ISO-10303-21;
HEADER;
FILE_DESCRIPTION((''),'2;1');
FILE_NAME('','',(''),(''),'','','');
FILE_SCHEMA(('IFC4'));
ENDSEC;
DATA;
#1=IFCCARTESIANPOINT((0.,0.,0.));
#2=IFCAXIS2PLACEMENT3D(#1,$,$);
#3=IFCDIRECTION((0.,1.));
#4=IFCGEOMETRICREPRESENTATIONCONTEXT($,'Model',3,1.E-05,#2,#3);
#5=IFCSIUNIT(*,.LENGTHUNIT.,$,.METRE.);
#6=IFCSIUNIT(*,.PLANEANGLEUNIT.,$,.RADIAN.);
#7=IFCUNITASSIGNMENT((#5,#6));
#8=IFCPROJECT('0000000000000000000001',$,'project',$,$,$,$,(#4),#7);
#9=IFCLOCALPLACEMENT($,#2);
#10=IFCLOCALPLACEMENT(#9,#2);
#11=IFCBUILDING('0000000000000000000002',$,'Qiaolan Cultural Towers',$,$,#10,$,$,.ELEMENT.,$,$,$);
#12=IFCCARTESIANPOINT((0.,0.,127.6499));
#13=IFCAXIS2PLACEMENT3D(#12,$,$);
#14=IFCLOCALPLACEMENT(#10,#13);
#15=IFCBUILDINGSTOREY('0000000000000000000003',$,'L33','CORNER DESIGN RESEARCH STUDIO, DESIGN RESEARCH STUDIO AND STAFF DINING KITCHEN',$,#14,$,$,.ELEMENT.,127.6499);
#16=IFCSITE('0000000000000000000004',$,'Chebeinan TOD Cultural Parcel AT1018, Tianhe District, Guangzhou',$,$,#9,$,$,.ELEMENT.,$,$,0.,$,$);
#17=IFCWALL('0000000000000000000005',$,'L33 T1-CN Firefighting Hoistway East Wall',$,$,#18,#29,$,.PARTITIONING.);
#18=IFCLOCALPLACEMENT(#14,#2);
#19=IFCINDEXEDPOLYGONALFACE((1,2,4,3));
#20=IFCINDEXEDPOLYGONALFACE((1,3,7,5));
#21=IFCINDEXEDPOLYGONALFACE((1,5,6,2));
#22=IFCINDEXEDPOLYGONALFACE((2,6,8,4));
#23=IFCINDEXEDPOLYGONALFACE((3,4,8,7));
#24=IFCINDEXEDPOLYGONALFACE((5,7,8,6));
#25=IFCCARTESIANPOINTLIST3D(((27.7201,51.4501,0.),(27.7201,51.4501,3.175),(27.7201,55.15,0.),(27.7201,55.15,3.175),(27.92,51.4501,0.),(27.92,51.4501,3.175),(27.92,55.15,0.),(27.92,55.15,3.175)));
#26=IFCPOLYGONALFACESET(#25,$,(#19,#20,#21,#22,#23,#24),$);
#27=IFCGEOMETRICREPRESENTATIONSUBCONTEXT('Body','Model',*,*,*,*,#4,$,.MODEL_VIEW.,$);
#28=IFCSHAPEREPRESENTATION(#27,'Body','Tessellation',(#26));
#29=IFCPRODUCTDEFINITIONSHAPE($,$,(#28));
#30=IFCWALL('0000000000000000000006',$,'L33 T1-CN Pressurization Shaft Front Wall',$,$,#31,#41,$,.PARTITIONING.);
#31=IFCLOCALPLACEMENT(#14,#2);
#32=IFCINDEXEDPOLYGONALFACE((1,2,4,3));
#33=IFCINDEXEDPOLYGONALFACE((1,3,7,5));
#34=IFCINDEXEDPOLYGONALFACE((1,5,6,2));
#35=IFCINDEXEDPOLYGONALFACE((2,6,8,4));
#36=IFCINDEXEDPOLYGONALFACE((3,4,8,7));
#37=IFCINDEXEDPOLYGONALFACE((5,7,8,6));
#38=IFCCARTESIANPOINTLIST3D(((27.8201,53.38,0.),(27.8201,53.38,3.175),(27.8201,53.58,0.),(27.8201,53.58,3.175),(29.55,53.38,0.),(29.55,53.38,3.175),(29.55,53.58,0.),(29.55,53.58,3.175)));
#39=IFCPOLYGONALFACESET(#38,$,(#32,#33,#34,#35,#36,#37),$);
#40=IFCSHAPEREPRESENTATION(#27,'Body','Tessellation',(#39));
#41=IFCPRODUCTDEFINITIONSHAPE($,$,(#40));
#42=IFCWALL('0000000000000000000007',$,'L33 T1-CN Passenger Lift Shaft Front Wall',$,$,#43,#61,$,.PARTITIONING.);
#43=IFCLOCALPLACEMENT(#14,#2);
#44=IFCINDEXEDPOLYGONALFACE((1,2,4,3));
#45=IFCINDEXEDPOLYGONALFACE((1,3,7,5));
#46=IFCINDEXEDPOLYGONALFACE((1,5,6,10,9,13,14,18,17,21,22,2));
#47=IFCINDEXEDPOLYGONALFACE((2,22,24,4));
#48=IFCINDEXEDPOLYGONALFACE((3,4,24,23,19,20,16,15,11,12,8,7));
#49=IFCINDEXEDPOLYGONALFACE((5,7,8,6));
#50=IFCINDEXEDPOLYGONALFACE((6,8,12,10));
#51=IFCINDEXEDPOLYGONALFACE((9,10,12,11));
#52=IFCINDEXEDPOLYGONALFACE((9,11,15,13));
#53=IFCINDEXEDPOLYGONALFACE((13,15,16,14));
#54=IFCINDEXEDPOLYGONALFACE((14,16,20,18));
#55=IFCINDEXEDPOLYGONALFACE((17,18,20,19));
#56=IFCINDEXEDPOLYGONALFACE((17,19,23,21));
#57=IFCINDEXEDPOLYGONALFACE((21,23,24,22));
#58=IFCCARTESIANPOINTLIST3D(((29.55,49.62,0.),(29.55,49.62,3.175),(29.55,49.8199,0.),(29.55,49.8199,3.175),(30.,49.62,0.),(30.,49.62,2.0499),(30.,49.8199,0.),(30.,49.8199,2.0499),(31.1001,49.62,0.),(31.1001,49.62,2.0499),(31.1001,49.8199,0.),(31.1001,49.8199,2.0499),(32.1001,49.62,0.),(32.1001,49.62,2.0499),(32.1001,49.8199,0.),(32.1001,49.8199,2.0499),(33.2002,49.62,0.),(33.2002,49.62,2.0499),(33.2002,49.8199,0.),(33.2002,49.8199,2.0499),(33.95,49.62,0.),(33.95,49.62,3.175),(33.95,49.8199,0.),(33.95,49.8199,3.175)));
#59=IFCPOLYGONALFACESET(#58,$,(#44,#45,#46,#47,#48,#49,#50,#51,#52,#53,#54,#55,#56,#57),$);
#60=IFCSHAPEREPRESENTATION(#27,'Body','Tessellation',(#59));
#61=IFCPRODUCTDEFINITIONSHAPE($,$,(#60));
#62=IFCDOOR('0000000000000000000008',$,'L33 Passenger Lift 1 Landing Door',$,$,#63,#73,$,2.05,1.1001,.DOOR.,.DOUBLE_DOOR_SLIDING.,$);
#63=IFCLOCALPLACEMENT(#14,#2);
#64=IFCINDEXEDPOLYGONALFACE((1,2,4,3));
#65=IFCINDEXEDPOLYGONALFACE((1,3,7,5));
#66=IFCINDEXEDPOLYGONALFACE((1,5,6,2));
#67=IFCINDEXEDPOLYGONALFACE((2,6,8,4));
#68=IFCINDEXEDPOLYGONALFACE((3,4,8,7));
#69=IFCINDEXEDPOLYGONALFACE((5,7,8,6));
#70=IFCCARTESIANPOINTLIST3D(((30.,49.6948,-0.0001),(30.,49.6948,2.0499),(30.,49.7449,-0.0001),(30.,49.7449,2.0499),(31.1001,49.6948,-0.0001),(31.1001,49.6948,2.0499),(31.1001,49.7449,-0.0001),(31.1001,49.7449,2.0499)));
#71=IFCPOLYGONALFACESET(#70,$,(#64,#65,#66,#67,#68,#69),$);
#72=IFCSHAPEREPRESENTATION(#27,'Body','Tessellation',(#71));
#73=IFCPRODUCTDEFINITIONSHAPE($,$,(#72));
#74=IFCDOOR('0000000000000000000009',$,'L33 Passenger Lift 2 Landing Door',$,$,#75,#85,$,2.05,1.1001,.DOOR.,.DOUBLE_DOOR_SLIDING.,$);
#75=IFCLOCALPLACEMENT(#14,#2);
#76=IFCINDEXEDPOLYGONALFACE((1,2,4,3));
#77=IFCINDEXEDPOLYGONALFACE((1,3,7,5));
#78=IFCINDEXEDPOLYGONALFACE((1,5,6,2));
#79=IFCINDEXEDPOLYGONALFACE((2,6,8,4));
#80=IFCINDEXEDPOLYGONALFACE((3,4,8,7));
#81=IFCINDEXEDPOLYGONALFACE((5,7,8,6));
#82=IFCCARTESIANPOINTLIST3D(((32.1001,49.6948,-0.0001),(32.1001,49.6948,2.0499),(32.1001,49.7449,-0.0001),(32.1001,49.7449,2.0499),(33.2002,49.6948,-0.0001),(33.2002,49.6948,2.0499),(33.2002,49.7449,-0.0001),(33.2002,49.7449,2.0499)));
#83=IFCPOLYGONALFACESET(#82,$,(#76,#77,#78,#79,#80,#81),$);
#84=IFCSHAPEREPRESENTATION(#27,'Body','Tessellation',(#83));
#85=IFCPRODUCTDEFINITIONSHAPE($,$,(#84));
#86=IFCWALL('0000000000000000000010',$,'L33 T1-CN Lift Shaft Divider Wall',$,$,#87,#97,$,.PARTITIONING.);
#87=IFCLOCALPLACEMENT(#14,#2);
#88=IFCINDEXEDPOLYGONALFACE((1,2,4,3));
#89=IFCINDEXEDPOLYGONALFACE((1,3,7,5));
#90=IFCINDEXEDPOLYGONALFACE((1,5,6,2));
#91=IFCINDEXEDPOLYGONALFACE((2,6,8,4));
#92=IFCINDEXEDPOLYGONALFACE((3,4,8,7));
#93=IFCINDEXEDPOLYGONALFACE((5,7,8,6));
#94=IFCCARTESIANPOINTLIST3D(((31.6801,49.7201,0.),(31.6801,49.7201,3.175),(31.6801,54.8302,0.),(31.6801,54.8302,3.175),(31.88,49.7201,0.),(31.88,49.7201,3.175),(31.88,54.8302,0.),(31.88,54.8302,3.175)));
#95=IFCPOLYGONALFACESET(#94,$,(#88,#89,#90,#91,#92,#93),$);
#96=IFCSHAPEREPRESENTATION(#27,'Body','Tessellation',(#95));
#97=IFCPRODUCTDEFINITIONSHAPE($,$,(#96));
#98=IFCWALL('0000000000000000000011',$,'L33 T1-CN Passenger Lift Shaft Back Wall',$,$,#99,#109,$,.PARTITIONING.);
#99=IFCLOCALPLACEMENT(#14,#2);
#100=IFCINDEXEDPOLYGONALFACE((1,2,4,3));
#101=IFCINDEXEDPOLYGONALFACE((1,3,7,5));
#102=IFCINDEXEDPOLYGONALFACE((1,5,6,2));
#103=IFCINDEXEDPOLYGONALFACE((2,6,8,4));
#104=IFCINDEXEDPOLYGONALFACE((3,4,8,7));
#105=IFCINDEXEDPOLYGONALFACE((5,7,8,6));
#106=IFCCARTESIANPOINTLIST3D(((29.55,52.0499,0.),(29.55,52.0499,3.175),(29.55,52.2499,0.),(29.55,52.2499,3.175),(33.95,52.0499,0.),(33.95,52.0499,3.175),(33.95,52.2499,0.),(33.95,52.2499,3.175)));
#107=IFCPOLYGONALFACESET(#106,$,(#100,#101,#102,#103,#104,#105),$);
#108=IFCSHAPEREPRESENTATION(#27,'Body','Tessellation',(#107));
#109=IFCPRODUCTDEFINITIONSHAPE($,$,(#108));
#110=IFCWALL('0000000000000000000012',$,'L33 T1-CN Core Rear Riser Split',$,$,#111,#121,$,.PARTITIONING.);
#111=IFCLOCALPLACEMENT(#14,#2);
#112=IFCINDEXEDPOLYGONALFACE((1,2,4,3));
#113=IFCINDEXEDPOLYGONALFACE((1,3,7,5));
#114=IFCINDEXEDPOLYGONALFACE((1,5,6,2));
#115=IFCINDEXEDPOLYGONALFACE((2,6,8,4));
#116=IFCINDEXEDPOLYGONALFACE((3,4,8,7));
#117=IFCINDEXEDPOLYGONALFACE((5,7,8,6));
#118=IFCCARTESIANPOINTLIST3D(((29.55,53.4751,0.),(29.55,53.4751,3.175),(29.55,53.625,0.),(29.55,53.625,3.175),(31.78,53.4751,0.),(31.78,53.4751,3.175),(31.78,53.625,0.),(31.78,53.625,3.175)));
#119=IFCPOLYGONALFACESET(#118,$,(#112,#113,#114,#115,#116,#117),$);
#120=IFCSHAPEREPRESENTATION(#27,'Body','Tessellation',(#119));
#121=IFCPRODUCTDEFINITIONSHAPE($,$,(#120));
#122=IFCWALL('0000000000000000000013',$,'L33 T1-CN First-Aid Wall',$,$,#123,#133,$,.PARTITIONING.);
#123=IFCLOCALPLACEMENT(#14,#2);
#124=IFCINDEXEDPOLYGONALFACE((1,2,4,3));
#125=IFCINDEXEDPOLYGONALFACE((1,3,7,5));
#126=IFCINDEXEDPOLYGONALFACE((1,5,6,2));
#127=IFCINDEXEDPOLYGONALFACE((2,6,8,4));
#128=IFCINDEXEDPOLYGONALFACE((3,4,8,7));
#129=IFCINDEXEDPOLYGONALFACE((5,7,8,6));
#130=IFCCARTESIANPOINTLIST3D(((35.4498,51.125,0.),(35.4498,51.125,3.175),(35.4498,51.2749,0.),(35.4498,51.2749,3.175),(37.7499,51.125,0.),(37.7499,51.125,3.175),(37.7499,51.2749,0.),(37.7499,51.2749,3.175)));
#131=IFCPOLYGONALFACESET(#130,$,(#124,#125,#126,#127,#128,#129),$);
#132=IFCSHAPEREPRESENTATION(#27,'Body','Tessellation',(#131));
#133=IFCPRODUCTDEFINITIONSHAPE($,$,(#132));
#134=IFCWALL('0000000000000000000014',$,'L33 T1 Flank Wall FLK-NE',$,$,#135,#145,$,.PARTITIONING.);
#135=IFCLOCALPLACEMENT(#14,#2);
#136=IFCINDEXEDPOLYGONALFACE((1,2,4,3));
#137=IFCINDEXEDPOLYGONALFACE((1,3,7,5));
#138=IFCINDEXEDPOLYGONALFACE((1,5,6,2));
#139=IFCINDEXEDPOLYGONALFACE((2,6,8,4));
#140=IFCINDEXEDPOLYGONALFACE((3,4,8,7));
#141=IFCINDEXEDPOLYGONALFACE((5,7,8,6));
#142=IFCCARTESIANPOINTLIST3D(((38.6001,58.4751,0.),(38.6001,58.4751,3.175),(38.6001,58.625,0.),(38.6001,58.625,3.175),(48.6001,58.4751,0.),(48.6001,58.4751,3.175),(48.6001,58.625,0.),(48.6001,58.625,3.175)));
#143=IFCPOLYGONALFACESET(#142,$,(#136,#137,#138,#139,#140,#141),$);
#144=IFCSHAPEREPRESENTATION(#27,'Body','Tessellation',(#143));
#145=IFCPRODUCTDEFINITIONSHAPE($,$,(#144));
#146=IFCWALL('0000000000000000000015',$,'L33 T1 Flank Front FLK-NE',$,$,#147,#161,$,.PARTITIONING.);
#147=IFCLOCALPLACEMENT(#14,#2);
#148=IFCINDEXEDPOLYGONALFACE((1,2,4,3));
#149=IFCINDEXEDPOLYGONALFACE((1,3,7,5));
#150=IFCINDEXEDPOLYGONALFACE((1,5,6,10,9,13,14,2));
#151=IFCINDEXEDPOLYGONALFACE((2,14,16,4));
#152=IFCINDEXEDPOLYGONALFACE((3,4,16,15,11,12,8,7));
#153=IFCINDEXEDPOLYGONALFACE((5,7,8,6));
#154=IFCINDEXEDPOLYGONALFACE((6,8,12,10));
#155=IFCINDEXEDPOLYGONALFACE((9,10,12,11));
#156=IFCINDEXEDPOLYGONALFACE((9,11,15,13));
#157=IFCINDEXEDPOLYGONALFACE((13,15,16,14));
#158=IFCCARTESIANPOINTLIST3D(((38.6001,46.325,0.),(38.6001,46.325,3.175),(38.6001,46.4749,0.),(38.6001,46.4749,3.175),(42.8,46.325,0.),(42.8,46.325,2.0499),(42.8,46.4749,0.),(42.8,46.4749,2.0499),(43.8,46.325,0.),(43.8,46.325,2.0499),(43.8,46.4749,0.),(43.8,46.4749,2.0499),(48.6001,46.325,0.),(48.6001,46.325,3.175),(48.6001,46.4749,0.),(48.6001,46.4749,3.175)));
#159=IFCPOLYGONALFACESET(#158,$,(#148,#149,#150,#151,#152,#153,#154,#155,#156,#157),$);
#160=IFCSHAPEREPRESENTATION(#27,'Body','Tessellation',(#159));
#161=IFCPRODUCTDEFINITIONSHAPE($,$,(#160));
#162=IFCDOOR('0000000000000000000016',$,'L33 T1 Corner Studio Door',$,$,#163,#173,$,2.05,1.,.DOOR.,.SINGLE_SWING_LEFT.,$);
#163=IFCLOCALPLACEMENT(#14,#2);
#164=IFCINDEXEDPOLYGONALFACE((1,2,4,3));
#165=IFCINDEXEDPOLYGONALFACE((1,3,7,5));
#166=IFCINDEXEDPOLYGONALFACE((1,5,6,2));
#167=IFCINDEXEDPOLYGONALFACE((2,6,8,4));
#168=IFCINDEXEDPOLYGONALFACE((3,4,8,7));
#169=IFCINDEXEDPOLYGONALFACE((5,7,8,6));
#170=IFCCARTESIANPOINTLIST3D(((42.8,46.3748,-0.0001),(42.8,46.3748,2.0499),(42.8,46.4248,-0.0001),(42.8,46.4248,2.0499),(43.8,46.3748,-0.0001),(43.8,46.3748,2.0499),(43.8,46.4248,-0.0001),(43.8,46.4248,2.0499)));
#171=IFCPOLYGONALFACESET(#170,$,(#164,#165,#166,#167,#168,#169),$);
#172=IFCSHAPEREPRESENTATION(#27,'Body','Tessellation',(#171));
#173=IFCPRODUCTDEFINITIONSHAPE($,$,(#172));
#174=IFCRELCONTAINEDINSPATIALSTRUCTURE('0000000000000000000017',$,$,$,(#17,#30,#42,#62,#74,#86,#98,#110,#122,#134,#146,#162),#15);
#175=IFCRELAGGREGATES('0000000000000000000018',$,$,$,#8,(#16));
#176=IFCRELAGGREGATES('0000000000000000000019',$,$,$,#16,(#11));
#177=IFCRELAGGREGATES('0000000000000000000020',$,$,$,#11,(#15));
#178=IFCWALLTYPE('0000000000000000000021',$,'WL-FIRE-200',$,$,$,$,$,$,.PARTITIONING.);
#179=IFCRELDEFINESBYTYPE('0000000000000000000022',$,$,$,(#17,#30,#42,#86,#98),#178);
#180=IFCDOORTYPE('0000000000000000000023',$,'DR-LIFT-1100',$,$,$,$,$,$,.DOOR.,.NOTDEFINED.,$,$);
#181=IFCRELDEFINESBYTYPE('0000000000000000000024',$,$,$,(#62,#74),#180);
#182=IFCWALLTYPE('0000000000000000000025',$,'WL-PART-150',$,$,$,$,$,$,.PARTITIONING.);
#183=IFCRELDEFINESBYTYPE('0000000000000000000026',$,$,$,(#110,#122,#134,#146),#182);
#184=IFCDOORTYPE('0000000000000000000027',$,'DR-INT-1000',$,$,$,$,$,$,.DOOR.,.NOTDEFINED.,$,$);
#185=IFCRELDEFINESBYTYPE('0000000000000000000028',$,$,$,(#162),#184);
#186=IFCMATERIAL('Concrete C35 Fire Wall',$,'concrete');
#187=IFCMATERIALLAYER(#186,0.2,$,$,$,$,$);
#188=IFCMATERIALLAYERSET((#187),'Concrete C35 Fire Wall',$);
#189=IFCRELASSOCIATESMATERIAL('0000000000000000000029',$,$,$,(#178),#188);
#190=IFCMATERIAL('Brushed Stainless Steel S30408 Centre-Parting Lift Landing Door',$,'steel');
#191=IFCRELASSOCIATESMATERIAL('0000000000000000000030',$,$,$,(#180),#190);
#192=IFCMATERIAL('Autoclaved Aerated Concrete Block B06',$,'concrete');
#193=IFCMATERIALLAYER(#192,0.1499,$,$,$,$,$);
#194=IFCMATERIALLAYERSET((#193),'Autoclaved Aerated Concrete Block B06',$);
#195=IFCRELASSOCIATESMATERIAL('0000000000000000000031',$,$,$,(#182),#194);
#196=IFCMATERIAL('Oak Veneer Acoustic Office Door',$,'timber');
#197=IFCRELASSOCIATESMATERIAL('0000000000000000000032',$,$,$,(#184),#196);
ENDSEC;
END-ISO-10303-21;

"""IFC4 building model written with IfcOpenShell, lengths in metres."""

from ifc_helpers import new_model, si_unit, direction, frame, frame_2d, origin, place, context, subcontext, project, spatial, rectangle, extrude, material, layer, layer_set, type_object, element, fill, save


model = new_model("IFC4")

# Units and contexts
model_context = context("Model", 3, precision=1e-05, world=origin(), true_north=direction((0.0, 1.0)))
body_context = subcontext(model_context, "Body", "Model", "MODEL_VIEW")
ifc_project = project(units=[si_unit("LENGTHUNIT", "METRE"), si_unit("PLANEANGLEUNIT", "RADIAN")], contexts=[model_context])

# Site, building, storey
site_placement = place(None, origin())
site = spatial("IfcSite", under=ifc_project, at=site_placement, Name="Chebeinan TOD Cultural Parcel AT1018, Tianhe District, Guangzhou", CompositionType="ELEMENT", RefElevation=0.0)
building_placement = place(site_placement, origin())
building = spatial("IfcBuilding", under=site, at=building_placement, Name="Qiaolan Cultural Towers", CompositionType="ELEMENT")
storey_placement = place(building_placement, frame((0.0, 0.0, 127.6499)))
storey = spatial("IfcBuildingStorey", under=building, at=storey_placement, Name="L33", Description="CORNER DESIGN RESEARCH STUDIO, DESIGN RESEARCH STUDIO AND STAFF DINING KITCHEN", CompositionType="ELEMENT", Elevation=127.6499)

# Shared definitions
ifc_material_1 = material(Name="Concrete C35 Fire Wall", Category="concrete")
ifc_layer_1 = layer(ifc_material_1, 0.2)
ifc_layer_set_1 = layer_set([ifc_layer_1], Name="Concrete C35 Fire Wall")
wall_type_1 = type_object("IfcWallType", Name="WL-FIRE-200", PredefinedType="PARTITIONING", material=ifc_layer_set_1)
ifc_material_2 = material(Name="Brushed Stainless Steel S30408 Centre-Parting Lift Landing Door", Category="steel")
door_type_1 = type_object("IfcDoorType", Name="DR-LIFT-1100", OperationType="NOTDEFINED", PredefinedType="DOOR", material=ifc_material_2)

# Walls
wall_1_placement = place(storey_placement, frame((27.8201, 51.45, 0.0), z_axis=(0.0, 0.0, 1.0), x_axis=(0.0, 1.0, 0.0)))
element("IfcWall", 1, at=wall_1_placement, inside=storey, type_object=wall_type_1, Name="L33 T1-CN Firefighting Hoistway East Wall", PredefinedType="PARTITIONING", context=body_context, shape_type="SweptSolid", body=[
    extrude(rectangle(XDim=3.7, YDim=0.2, at=frame_2d((1.8501, 0.0))), origin(), (0.0, 0.0, 1.0), 3.175),
])
wall_2_placement = place(storey_placement, frame((27.8201, 53.48, 0.0), z_axis=(0.0, 0.0, 1.0), x_axis=(1.0, 0.0, 0.0)))
element("IfcWall", 2, at=wall_2_placement, inside=storey, type_object=wall_type_1, Name="L33 T1-CN Pressurization Shaft Front Wall", PredefinedType="PARTITIONING", context=body_context, shape_type="SweptSolid", body=[
    extrude(rectangle(XDim=1.73, YDim=0.2, at=frame_2d((0.865, 0.0))), origin(), (0.0, 0.0, 1.0), 3.175),
])

# Wall, openings, doors
wall_3_placement = place(storey_placement, frame((29.55, 49.72, 0.0), z_axis=(0.0, 0.0, 1.0), x_axis=(1.0, 0.0, 0.0)))
wall_3 = element("IfcWall", 3, at=wall_3_placement, inside=storey, type_object=wall_type_1, Name="L33 T1-CN Passenger Lift Shaft Front Wall", PredefinedType="PARTITIONING", context=body_context, shape_type="SweptSolid", body=[
    extrude(rectangle(XDim=4.3999, YDim=0.2, at=frame_2d((2.2, 0.0))), origin(), (0.0, 0.0, 1.0), 3.175),
])
opening_1_placement = place(wall_3_placement, frame((0.45, 0.0, 0.0)))
opening_1 = element("IfcOpeningElement", 4, at=opening_1_placement, cuts=wall_3, PredefinedType="OPENING", context=body_context, shape_type="SweptSolid", body=[
    extrude(rectangle(XDim=1.1001, YDim=2.05, at=frame_2d((0.55, 1.0249))), frame((0.0, 0.1099, 0.0), z_axis=(0.0, -1.0, 0.0), x_axis=(1.0, 0.0, 0.0)), (0.0, 0.0, 1.0), 0.22),
])
opening_2_placement = place(wall_3_placement, frame((2.55, 0.0, 0.0)))
opening_2 = element("IfcOpeningElement", 5, at=opening_2_placement, cuts=wall_3, PredefinedType="OPENING", context=body_context, shape_type="SweptSolid", body=[
    extrude(rectangle(XDim=1.1001, YDim=2.05, at=frame_2d((0.55, 1.0249))), frame((0.0, 0.1099, 0.0), z_axis=(0.0, -1.0, 0.0), x_axis=(1.0, 0.0, 0.0)), (0.0, 0.0, 1.0), 0.22),
])
door_1_placement = place(opening_1_placement, origin())
door_1 = element("IfcDoor", 6, at=door_1_placement, inside=storey, type_object=door_type_1, Name="L33 Passenger Lift 1 Landing Door", OperationType="DOUBLE_DOOR_SLIDING", OverallHeight=2.05, OverallWidth=1.1001, PredefinedType="DOOR", context=body_context, shape_type="SweptSolid", body=[
    extrude(rectangle(XDim=1.1001, YDim=2.05, at=frame_2d((0.55, 1.0249))), frame((0.0, 0.0249, 0.0), z_axis=(0.0, -1.0, 0.0), x_axis=(1.0, 0.0, 0.0)), (0.0, 0.0, 1.0), 0.05),
])
fill(opening_1, door_1)
door_2_placement = place(opening_2_placement, origin())
door_2 = element("IfcDoor", 7, at=door_2_placement, inside=storey, type_object=door_type_1, Name="L33 Passenger Lift 2 Landing Door", OperationType="DOUBLE_DOOR_SLIDING", OverallHeight=2.05, OverallWidth=1.1001, PredefinedType="DOOR", context=body_context, shape_type="SweptSolid", body=[
    extrude(rectangle(XDim=1.1001, YDim=2.05, at=frame_2d((0.55, 1.0249))), frame((0.0, 0.0249, 0.0), z_axis=(0.0, -1.0, 0.0), x_axis=(1.0, 0.0, 0.0)), (0.0, 0.0, 1.0), 0.05),
])
fill(opening_2, door_2)

# Walls
wall_4_placement = place(storey_placement, frame((31.78, 49.72, 0.0), z_axis=(0.0, 0.0, 1.0), x_axis=(0.0, 1.0, 0.0)))
element("IfcWall", 8, at=wall_4_placement, inside=storey, type_object=wall_type_1, Name="L33 T1-CN Lift Shaft Divider Wall", PredefinedType="PARTITIONING", context=body_context, shape_type="SweptSolid", body=[
    extrude(rectangle(XDim=5.1101, YDim=0.2, at=frame_2d((2.5552, 0.0))), origin(), (0.0, 0.0, 1.0), 3.175),
])
wall_5_placement = place(storey_placement, frame((29.55, 52.1499, 0.0), z_axis=(0.0, 0.0, 1.0), x_axis=(1.0, 0.0, 0.0)))
element("IfcWall", 9, at=wall_5_placement, inside=storey, type_object=wall_type_1, Name="L33 T1-CN Passenger Lift Shaft Back Wall", PredefinedType="PARTITIONING", context=body_context, shape_type="SweptSolid", body=[
    extrude(rectangle(XDim=4.3999, YDim=0.2, at=frame_2d((2.2, 0.0))), origin(), (0.0, 0.0, 1.0), 3.175),
])
ifc_material_3 = material(Name="Autoclaved Aerated Concrete Block B06", Category="concrete")
ifc_layer_2 = layer(ifc_material_3, 0.1499)
ifc_layer_set_2 = layer_set([ifc_layer_2], Name="Autoclaved Aerated Concrete Block B06")
wall_type_2 = type_object("IfcWallType", Name="WL-PART-150", PredefinedType="PARTITIONING", material=ifc_layer_set_2)
wall_6_placement = place(storey_placement, frame((29.55, 53.55, 0.0), z_axis=(0.0, 0.0, 1.0), x_axis=(1.0, 0.0, 0.0)))
element("IfcWall", 10, at=wall_6_placement, inside=storey, type_object=wall_type_2, Name="L33 T1-CN Core Rear Riser Split", PredefinedType="PARTITIONING", context=body_context, shape_type="SweptSolid", body=[
    extrude(rectangle(XDim=2.23, YDim=0.1499, at=frame_2d((1.115, 0.0))), origin(), (0.0, 0.0, 1.0), 3.175),
])
wall_7_placement = place(storey_placement, frame((35.45, 51.2, 0.0), z_axis=(0.0, 0.0, 1.0), x_axis=(1.0, 0.0, 0.0)))
element("IfcWall", 11, at=wall_7_placement, inside=storey, type_object=wall_type_2, Name="L33 T1-CN First-Aid Wall", PredefinedType="PARTITIONING", context=body_context, shape_type="SweptSolid", body=[
    extrude(rectangle(XDim=2.3, YDim=0.1499, at=frame_2d((1.1499, 0.0))), origin(), (0.0, 0.0, 1.0), 3.175),
])
wall_8_placement = place(storey_placement, frame((38.6001, 58.55, 0.0), z_axis=(0.0, 0.0, 1.0), x_axis=(1.0, 0.0, 0.0)))
element("IfcWall", 12, at=wall_8_placement, inside=storey, type_object=wall_type_2, Name="L33 T1 Flank Wall FLK-NE", PredefinedType="PARTITIONING", context=body_context, shape_type="SweptSolid", body=[
    extrude(rectangle(XDim=10.0, YDim=0.1499, at=frame_2d((5.0, 0.0))), origin(), (0.0, 0.0, 1.0), 3.175),
])

# Wall, opening, door
wall_9_placement = place(storey_placement, frame((38.6001, 46.3999, 0.0), z_axis=(0.0, 0.0, 1.0), x_axis=(1.0, 0.0, 0.0)))
wall_9 = element("IfcWall", 13, at=wall_9_placement, inside=storey, type_object=wall_type_2, Name="L33 T1 Flank Front FLK-NE", PredefinedType="PARTITIONING", context=body_context, shape_type="SweptSolid", body=[
    extrude(rectangle(XDim=10.0, YDim=0.1499, at=frame_2d((5.0, 0.0))), origin(), (0.0, 0.0, 1.0), 3.175),
])
opening_3_placement = place(wall_9_placement, frame((4.2, 0.0, 0.0)))
opening_3 = element("IfcOpeningElement", 14, at=opening_3_placement, cuts=wall_9, PredefinedType="OPENING", context=body_context, shape_type="SweptSolid", body=[
    extrude(rectangle(XDim=1.0, YDim=2.05, at=frame_2d((0.5, 1.0249))), frame((0.0, 0.085, 0.0), z_axis=(0.0, -1.0, 0.0), x_axis=(1.0, 0.0, 0.0)), (0.0, 0.0, 1.0), 0.1699),
])
ifc_material_4 = material(Name="Oak Veneer Acoustic Office Door", Category="timber")
door_type_2 = type_object("IfcDoorType", Name="DR-INT-1000", OperationType="NOTDEFINED", PredefinedType="DOOR", material=ifc_material_4)
door_3_placement = place(opening_3_placement, origin())
door_3 = element("IfcDoor", 15, at=door_3_placement, inside=storey, type_object=door_type_2, Name="L33 T1 Corner Studio Door", OperationType="SINGLE_SWING_LEFT", OverallHeight=2.05, OverallWidth=1.0, PredefinedType="DOOR", context=body_context, shape_type="SweptSolid", body=[
    extrude(rectangle(XDim=1.0, YDim=2.05, at=frame_2d((0.5, 1.0249))), frame((0.0, 0.0249, 0.0), z_axis=(0.0, -1.0, 0.0), x_axis=(1.0, 0.0, 0.0)), (0.0, 0.0, 1.0), 0.05),
])
fill(opening_3, door_3)

save(model, "model.ifc")
